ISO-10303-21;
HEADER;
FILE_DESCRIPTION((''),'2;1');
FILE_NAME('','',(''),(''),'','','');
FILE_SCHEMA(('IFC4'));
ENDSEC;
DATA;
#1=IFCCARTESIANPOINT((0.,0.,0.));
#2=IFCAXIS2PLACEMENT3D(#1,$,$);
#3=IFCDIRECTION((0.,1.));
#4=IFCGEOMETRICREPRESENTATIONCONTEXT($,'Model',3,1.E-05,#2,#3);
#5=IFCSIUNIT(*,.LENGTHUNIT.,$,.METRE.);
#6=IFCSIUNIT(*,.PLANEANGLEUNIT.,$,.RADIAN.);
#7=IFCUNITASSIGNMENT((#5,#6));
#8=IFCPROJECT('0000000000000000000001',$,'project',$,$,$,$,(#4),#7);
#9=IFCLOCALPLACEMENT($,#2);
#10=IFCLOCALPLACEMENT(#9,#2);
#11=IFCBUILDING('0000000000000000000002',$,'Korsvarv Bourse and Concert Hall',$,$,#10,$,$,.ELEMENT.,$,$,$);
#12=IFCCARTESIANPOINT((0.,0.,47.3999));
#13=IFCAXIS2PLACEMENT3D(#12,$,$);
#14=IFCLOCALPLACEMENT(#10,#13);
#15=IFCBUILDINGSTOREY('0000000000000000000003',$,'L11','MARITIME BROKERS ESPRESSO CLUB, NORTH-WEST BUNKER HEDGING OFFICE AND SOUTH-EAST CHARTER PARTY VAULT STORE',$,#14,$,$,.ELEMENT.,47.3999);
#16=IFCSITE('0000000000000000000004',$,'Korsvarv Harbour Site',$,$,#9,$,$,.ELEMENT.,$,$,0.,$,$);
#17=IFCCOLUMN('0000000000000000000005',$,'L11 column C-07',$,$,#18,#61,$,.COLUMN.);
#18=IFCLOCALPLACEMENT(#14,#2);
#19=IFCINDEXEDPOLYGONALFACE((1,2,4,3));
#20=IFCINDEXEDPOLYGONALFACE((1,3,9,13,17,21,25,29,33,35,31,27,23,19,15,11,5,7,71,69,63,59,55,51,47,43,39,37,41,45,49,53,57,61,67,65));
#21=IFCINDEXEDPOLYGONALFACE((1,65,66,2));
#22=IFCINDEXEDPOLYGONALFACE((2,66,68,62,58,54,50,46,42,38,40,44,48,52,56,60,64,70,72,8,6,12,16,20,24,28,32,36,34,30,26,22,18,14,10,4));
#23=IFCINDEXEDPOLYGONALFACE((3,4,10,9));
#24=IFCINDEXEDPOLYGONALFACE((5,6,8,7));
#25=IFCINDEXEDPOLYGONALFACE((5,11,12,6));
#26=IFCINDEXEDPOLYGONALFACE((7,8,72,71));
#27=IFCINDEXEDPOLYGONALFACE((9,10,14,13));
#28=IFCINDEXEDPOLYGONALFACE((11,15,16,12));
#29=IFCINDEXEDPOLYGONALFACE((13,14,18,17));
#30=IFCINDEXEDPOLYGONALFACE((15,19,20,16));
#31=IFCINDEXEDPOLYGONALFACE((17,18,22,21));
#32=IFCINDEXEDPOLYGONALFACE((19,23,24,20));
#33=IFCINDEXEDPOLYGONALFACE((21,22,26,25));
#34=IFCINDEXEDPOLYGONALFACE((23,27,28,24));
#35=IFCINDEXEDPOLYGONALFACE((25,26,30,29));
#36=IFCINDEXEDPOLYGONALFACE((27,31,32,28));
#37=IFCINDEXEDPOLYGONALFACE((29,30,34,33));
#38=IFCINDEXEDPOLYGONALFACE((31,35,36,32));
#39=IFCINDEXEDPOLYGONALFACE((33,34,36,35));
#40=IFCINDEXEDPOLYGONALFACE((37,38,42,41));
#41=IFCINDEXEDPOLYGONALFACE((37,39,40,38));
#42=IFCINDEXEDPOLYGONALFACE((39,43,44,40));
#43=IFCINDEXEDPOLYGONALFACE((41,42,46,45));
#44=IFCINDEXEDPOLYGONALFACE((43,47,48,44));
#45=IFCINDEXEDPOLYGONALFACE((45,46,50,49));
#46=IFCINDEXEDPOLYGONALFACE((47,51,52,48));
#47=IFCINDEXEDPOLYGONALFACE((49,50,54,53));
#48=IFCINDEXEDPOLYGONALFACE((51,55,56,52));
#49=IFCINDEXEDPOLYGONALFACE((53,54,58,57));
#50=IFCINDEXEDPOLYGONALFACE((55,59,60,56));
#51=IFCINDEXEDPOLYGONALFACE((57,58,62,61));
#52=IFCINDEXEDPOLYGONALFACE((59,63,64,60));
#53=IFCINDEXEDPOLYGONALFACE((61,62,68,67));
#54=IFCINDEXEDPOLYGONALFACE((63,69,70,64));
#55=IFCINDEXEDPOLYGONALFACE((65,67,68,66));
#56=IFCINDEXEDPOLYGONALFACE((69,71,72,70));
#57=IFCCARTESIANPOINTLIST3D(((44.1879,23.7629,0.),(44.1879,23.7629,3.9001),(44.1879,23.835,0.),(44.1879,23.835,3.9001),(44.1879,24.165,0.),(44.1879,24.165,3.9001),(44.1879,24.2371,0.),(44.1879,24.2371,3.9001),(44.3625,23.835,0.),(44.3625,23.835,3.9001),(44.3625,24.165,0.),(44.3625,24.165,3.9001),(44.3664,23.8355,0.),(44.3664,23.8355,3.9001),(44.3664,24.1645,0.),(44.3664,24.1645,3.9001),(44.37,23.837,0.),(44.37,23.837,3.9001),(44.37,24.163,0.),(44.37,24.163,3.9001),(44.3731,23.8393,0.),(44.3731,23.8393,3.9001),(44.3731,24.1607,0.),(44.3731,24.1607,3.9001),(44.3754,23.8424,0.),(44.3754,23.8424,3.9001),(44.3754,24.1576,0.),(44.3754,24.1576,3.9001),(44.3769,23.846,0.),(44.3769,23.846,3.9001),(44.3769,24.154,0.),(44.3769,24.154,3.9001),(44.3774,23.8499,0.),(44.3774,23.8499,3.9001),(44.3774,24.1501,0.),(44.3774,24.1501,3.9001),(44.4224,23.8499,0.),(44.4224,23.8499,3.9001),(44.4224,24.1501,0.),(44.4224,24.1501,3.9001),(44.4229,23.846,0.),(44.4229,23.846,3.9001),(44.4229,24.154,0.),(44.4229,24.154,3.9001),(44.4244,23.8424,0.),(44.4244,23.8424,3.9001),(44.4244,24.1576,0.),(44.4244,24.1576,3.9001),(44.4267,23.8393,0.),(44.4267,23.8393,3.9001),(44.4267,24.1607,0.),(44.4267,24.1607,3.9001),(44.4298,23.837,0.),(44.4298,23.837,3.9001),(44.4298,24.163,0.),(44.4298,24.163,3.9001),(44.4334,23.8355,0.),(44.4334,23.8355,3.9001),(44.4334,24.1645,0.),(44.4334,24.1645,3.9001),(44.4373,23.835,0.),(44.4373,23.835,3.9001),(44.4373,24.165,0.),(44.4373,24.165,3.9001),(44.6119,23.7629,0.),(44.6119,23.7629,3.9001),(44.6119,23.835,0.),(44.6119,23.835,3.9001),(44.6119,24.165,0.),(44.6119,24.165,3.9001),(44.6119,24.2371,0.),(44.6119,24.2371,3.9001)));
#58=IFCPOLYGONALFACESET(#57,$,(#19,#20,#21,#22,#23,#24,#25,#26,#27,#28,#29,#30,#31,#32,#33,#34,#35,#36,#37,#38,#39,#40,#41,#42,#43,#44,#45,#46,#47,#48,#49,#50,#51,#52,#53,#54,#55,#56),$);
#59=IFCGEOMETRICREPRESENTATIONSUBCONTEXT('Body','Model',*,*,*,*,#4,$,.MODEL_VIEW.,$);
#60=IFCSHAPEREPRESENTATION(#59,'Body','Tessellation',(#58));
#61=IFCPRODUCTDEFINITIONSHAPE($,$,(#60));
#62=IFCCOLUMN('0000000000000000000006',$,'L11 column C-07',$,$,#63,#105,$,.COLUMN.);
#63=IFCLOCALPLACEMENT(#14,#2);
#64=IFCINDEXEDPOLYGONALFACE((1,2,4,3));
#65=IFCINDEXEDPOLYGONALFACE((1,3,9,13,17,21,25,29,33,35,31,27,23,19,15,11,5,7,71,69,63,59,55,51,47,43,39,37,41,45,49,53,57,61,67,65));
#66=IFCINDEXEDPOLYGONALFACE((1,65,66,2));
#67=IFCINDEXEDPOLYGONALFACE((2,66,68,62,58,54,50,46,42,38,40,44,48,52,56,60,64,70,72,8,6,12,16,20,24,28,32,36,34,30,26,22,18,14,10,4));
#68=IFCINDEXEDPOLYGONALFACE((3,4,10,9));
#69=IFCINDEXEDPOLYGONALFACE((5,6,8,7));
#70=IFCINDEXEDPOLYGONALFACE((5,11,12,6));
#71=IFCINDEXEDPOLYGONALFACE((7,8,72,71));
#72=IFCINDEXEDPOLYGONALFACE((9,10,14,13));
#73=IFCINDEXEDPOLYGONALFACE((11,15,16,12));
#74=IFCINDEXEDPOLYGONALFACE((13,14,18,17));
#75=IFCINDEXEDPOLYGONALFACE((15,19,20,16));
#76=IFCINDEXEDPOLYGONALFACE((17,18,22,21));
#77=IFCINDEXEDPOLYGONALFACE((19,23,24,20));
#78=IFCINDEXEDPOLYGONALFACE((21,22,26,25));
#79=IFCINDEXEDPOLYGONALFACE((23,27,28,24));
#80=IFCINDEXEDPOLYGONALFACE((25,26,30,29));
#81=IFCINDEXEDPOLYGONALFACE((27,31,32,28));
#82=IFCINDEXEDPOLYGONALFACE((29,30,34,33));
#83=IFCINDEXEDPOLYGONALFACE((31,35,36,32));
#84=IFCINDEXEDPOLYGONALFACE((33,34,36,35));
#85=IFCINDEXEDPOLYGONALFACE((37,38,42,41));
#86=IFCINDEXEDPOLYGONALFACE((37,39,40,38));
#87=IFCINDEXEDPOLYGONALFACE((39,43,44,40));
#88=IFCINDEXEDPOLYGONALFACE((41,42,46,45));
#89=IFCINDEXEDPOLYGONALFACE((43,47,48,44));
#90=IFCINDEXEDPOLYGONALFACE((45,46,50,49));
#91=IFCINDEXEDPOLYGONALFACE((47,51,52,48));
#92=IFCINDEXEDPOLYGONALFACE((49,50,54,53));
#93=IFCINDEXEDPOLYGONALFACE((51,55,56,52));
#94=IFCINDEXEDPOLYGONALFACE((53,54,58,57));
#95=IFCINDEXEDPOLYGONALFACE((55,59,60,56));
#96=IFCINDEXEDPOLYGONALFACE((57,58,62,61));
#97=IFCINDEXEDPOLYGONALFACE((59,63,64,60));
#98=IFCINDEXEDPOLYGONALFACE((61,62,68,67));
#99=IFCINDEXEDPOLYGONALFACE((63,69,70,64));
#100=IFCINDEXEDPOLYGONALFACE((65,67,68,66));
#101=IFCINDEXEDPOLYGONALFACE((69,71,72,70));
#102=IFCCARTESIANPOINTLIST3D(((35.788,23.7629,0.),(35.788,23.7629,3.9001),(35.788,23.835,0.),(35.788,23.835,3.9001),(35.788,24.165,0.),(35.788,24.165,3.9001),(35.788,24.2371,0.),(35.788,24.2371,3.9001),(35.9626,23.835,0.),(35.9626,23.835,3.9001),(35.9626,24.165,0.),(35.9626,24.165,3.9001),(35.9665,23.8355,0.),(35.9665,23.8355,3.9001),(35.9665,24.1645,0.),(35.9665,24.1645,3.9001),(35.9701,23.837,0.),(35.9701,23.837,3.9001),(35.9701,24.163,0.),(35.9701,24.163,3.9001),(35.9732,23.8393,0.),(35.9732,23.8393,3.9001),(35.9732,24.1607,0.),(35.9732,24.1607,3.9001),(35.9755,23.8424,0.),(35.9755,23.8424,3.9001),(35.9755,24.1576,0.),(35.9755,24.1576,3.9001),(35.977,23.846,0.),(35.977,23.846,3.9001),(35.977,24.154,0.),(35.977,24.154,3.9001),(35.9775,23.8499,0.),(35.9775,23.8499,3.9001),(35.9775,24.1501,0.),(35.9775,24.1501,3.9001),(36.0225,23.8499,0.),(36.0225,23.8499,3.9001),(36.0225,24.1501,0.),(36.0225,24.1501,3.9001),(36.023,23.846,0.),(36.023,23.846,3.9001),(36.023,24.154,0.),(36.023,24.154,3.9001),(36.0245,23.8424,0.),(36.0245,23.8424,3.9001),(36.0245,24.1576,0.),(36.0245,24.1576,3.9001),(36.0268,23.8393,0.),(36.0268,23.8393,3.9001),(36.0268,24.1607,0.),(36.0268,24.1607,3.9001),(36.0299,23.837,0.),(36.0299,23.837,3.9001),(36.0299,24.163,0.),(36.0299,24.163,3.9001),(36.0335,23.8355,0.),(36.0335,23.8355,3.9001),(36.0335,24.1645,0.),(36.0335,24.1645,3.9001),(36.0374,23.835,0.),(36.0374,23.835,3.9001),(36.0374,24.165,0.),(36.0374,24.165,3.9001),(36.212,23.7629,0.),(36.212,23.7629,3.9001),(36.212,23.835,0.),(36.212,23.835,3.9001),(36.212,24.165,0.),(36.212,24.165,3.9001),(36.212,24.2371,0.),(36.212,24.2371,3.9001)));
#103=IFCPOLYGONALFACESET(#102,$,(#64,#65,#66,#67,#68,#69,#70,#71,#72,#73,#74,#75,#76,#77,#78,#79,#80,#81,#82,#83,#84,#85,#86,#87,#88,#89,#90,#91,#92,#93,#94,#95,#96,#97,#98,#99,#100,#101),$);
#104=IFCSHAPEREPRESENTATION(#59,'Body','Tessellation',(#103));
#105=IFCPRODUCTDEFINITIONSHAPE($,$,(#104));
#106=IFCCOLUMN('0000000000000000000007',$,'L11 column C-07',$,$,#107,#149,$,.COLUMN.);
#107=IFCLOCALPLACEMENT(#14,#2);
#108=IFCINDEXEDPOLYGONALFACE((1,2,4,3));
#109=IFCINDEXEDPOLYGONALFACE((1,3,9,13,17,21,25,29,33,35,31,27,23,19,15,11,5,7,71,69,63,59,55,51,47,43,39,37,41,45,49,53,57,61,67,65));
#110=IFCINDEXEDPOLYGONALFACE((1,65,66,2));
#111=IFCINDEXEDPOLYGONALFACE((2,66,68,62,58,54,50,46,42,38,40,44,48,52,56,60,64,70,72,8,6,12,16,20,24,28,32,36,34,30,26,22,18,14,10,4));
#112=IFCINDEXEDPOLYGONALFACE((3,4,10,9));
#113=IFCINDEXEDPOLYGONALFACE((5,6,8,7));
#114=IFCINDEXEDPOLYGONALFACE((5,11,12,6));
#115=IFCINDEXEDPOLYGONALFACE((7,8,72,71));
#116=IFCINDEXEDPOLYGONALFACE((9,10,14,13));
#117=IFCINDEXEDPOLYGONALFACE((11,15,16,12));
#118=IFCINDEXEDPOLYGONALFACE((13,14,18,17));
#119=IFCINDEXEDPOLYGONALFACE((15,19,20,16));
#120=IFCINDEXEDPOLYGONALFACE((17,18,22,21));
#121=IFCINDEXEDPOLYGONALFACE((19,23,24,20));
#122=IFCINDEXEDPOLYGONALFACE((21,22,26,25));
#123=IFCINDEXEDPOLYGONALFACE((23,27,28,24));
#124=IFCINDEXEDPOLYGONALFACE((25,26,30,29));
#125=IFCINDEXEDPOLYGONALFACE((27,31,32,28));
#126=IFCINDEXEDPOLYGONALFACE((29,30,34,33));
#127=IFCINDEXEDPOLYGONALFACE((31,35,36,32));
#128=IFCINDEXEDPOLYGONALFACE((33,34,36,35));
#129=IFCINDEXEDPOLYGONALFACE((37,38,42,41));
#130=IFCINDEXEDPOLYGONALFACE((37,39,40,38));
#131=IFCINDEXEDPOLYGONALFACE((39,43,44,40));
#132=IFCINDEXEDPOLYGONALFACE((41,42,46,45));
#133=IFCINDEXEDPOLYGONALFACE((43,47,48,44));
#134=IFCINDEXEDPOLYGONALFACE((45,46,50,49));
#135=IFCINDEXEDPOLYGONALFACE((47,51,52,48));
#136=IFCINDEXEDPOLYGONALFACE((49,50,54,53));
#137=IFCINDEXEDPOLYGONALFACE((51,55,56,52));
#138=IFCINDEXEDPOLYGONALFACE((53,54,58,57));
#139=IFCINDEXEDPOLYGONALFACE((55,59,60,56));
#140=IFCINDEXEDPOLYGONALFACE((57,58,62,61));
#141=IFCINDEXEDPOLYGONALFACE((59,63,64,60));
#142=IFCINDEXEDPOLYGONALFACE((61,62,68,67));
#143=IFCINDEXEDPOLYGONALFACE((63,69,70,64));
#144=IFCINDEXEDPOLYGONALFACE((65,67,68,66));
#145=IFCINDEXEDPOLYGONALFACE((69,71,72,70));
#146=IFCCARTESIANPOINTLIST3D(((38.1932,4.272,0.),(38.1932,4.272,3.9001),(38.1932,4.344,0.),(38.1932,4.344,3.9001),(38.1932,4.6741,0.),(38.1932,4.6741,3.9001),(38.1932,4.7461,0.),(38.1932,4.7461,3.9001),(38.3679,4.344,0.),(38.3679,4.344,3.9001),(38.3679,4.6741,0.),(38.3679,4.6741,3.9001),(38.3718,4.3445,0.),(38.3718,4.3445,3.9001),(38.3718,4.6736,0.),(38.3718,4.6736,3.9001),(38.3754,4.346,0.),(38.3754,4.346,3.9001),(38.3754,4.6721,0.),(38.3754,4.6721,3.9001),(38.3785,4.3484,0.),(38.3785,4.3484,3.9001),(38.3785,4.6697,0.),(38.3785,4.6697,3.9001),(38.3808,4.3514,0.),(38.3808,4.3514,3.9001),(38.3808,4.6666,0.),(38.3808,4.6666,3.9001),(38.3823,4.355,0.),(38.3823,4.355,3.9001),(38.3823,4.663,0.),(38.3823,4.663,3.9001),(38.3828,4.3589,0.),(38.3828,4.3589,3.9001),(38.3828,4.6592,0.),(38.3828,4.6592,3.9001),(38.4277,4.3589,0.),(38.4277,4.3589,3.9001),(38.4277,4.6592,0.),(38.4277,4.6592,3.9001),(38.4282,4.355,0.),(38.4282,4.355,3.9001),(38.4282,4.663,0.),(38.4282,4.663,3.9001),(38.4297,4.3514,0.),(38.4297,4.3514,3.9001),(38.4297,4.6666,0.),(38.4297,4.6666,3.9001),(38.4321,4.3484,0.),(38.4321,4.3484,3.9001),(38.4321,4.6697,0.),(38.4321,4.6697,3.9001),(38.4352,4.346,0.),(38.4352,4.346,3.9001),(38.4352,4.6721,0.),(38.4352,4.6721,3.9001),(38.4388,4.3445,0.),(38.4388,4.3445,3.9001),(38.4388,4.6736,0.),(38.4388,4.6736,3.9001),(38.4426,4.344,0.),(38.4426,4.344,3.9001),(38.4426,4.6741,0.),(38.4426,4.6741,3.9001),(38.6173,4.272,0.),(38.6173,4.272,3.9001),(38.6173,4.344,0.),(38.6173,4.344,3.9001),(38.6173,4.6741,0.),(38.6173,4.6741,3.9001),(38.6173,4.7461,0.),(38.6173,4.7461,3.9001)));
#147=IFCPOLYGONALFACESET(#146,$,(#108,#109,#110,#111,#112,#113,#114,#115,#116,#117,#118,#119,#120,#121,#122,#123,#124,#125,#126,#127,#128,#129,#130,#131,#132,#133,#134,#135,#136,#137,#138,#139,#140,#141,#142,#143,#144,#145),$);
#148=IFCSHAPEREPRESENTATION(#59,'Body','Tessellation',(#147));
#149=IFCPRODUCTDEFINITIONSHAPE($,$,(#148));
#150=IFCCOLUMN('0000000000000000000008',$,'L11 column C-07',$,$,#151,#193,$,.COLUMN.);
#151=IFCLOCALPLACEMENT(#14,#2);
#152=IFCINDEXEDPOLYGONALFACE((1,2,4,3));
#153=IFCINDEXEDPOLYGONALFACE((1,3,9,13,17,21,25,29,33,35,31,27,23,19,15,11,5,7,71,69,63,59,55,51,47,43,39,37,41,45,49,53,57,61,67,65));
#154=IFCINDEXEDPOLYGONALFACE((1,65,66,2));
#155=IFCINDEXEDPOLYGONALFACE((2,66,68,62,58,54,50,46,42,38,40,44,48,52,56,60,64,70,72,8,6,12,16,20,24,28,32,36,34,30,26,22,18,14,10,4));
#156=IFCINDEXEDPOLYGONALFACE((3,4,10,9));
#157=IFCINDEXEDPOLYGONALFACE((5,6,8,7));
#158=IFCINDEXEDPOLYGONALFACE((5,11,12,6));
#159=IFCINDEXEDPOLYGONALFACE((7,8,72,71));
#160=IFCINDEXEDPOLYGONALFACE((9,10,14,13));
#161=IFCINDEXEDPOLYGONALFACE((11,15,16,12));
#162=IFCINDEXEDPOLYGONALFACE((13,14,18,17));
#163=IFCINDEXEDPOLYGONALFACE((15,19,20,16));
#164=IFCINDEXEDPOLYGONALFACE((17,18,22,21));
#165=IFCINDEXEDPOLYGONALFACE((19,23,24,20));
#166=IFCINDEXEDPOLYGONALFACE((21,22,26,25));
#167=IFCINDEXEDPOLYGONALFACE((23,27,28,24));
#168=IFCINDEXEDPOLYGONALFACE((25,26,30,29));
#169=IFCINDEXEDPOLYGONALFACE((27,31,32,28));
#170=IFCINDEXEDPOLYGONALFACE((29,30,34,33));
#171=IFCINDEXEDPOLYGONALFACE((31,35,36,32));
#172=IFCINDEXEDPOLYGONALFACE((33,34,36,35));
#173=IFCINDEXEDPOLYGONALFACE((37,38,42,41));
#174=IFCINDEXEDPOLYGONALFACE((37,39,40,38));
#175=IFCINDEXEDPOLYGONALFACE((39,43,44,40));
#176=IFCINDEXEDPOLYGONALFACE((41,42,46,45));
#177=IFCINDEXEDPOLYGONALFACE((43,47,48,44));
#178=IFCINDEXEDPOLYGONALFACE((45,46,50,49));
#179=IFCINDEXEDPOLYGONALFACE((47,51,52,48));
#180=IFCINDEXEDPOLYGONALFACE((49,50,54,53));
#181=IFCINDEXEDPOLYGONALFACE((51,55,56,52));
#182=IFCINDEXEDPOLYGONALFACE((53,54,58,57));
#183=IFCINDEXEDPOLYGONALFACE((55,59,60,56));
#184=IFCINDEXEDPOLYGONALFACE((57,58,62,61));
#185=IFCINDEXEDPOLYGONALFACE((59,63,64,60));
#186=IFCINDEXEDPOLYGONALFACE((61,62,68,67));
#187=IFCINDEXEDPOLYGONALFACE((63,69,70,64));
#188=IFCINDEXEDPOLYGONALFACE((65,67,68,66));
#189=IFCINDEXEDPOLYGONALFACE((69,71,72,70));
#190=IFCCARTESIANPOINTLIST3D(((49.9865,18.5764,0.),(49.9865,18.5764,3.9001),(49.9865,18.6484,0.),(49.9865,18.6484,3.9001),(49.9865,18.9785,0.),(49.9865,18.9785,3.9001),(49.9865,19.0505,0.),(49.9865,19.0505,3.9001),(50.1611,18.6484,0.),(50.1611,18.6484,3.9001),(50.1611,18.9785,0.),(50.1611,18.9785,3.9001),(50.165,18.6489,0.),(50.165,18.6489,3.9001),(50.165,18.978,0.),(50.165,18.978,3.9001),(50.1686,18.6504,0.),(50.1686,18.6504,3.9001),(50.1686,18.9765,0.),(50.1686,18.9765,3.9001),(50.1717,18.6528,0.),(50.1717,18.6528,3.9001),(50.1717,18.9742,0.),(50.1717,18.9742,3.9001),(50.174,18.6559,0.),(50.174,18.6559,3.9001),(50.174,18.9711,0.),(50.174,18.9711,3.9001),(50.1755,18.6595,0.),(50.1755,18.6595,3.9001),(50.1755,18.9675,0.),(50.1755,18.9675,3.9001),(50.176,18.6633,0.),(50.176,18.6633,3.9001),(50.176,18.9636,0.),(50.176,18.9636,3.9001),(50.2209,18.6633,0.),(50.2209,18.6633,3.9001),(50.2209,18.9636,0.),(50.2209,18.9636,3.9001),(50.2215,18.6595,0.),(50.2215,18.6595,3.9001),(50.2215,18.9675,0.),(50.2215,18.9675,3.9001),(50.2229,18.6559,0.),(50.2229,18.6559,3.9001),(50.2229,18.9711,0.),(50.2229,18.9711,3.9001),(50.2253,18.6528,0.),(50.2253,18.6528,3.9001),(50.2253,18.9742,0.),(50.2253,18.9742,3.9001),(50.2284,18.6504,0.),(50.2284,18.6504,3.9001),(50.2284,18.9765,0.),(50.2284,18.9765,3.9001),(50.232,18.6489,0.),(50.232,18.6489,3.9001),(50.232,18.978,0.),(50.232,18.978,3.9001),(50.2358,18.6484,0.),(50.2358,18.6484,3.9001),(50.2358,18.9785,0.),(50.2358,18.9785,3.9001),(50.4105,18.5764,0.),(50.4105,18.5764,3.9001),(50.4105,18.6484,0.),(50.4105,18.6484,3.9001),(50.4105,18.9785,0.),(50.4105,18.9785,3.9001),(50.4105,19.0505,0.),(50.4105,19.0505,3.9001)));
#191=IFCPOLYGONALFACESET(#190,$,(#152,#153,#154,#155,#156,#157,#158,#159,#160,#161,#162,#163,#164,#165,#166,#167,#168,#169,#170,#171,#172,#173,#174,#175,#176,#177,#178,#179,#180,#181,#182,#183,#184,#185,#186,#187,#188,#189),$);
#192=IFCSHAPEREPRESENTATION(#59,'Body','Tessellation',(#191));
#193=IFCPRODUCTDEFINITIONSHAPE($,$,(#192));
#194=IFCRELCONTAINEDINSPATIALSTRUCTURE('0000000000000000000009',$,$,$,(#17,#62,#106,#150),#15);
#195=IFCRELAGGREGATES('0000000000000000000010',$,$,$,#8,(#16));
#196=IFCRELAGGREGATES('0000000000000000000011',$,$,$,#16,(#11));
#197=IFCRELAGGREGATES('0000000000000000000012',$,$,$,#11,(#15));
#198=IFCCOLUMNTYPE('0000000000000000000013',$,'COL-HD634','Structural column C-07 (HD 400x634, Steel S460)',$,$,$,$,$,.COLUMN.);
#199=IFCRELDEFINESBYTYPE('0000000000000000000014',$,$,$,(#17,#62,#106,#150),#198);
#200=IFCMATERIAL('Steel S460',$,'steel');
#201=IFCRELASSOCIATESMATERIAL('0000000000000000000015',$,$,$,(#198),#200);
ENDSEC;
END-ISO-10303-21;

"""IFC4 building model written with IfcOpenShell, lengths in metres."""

from ifc_helpers import new_model, si_unit, direction, frame, origin, origin_2d, place, context, subcontext, project, spatial, i_section, extrude, source, transform, mapped, material, material_profile, profile_set, type_object, element, save


model = new_model("IFC4")

# Units and contexts
model_context = context("Model", 3, precision=1e-05, world=origin(), true_north=direction((0.0, 1.0)))
body_context = subcontext(model_context, "Body", "Model", "MODEL_VIEW")
ifc_project = project(units=[si_unit("LENGTHUNIT", "METRE"), si_unit("PLANEANGLEUNIT", "RADIAN")], contexts=[model_context])

# Site, building, storey
site_placement = place(None, origin())
site = spatial("IfcSite", under=ifc_project, at=site_placement, Name="Korsvarv Harbour Site", CompositionType="ELEMENT", RefElevation=0.0)
building_placement = place(site_placement, origin())
building = spatial("IfcBuilding", under=site, at=building_placement, Name="Korsvarv Bourse and Concert Hall", CompositionType="ELEMENT")
storey_placement = place(building_placement, frame((0.0, 0.0, 47.3999)))
storey = spatial("IfcBuildingStorey", under=building, at=storey_placement, Name="L11", Description="MARITIME BROKERS ESPRESSO CLUB, NORTH-WEST BUNKER HEDGING OFFICE AND SOUTH-EAST CHARTER PARTY VAULT STORE", CompositionType="ELEMENT", Elevation=47.3999)

# Columns
ifc_material_1 = material(Name="Steel S460", Category="steel")
ifc_material_profile_1 = material_profile(ifc_material_1, i_section(OverallWidth=0.4241, OverallDepth=0.4741, WebThickness=0.0449, FlangeThickness=0.072, FilletRadius=0.0149, at=origin_2d()), Name="HD 400x634")
ifc_profile_set_1 = profile_set([ifc_material_profile_1], Name="Steel S460")
column_type = type_object("IfcColumnType", Name="COL-HD634", Description="Structural column C-07 (HD 400x634, Steel S460)", PredefinedType="COLUMN", material=ifc_profile_set_1)
shared_shape_1 = source(origin(), body_context, "Body", "SweptSolid", [
    extrude(i_section(OverallWidth=0.4241, OverallDepth=0.4741, WebThickness=0.0449, FlangeThickness=0.072, FilletRadius=0.0149, at=origin_2d()), origin(), (0.0, 0.0, 1.0), 3.9001),
])
for number, where, z_axis, x_axis, name in (
    (1, (44.3999, 24.0, 0.0), (0.0, 0.0, 1.0), (1.0, 0.0, 0.0), "L11 column C-07"),
    (2, (36.0, 24.0, 0.0), (0.0, 0.0, 1.0), (1.0, 0.0, 0.0), "L11 column C-07"),
    (3, (38.4053, 4.509, 0.0), (0.0, 0.0, 1.0), (1.0, 0.0, 0.0), "L11 column C-07"),
    (4, (50.1985, 18.8135, 0.0), (0.0, 0.0, 1.0), (1.0, 0.0, 0.0), "L11 column C-07"),
):
    element("IfcColumn", number, at=place(storey_placement, frame(where, z_axis=z_axis, x_axis=x_axis)), inside=storey, type_object=column_type, Name=name, PredefinedType="COLUMN", context=body_context, shape_type="MappedRepresentation", body=[
        mapped(shared_shape_1, transform((0.0, 0.0, 0.0), scale=1.0)),
    ])

save(model, "model.ifc")
